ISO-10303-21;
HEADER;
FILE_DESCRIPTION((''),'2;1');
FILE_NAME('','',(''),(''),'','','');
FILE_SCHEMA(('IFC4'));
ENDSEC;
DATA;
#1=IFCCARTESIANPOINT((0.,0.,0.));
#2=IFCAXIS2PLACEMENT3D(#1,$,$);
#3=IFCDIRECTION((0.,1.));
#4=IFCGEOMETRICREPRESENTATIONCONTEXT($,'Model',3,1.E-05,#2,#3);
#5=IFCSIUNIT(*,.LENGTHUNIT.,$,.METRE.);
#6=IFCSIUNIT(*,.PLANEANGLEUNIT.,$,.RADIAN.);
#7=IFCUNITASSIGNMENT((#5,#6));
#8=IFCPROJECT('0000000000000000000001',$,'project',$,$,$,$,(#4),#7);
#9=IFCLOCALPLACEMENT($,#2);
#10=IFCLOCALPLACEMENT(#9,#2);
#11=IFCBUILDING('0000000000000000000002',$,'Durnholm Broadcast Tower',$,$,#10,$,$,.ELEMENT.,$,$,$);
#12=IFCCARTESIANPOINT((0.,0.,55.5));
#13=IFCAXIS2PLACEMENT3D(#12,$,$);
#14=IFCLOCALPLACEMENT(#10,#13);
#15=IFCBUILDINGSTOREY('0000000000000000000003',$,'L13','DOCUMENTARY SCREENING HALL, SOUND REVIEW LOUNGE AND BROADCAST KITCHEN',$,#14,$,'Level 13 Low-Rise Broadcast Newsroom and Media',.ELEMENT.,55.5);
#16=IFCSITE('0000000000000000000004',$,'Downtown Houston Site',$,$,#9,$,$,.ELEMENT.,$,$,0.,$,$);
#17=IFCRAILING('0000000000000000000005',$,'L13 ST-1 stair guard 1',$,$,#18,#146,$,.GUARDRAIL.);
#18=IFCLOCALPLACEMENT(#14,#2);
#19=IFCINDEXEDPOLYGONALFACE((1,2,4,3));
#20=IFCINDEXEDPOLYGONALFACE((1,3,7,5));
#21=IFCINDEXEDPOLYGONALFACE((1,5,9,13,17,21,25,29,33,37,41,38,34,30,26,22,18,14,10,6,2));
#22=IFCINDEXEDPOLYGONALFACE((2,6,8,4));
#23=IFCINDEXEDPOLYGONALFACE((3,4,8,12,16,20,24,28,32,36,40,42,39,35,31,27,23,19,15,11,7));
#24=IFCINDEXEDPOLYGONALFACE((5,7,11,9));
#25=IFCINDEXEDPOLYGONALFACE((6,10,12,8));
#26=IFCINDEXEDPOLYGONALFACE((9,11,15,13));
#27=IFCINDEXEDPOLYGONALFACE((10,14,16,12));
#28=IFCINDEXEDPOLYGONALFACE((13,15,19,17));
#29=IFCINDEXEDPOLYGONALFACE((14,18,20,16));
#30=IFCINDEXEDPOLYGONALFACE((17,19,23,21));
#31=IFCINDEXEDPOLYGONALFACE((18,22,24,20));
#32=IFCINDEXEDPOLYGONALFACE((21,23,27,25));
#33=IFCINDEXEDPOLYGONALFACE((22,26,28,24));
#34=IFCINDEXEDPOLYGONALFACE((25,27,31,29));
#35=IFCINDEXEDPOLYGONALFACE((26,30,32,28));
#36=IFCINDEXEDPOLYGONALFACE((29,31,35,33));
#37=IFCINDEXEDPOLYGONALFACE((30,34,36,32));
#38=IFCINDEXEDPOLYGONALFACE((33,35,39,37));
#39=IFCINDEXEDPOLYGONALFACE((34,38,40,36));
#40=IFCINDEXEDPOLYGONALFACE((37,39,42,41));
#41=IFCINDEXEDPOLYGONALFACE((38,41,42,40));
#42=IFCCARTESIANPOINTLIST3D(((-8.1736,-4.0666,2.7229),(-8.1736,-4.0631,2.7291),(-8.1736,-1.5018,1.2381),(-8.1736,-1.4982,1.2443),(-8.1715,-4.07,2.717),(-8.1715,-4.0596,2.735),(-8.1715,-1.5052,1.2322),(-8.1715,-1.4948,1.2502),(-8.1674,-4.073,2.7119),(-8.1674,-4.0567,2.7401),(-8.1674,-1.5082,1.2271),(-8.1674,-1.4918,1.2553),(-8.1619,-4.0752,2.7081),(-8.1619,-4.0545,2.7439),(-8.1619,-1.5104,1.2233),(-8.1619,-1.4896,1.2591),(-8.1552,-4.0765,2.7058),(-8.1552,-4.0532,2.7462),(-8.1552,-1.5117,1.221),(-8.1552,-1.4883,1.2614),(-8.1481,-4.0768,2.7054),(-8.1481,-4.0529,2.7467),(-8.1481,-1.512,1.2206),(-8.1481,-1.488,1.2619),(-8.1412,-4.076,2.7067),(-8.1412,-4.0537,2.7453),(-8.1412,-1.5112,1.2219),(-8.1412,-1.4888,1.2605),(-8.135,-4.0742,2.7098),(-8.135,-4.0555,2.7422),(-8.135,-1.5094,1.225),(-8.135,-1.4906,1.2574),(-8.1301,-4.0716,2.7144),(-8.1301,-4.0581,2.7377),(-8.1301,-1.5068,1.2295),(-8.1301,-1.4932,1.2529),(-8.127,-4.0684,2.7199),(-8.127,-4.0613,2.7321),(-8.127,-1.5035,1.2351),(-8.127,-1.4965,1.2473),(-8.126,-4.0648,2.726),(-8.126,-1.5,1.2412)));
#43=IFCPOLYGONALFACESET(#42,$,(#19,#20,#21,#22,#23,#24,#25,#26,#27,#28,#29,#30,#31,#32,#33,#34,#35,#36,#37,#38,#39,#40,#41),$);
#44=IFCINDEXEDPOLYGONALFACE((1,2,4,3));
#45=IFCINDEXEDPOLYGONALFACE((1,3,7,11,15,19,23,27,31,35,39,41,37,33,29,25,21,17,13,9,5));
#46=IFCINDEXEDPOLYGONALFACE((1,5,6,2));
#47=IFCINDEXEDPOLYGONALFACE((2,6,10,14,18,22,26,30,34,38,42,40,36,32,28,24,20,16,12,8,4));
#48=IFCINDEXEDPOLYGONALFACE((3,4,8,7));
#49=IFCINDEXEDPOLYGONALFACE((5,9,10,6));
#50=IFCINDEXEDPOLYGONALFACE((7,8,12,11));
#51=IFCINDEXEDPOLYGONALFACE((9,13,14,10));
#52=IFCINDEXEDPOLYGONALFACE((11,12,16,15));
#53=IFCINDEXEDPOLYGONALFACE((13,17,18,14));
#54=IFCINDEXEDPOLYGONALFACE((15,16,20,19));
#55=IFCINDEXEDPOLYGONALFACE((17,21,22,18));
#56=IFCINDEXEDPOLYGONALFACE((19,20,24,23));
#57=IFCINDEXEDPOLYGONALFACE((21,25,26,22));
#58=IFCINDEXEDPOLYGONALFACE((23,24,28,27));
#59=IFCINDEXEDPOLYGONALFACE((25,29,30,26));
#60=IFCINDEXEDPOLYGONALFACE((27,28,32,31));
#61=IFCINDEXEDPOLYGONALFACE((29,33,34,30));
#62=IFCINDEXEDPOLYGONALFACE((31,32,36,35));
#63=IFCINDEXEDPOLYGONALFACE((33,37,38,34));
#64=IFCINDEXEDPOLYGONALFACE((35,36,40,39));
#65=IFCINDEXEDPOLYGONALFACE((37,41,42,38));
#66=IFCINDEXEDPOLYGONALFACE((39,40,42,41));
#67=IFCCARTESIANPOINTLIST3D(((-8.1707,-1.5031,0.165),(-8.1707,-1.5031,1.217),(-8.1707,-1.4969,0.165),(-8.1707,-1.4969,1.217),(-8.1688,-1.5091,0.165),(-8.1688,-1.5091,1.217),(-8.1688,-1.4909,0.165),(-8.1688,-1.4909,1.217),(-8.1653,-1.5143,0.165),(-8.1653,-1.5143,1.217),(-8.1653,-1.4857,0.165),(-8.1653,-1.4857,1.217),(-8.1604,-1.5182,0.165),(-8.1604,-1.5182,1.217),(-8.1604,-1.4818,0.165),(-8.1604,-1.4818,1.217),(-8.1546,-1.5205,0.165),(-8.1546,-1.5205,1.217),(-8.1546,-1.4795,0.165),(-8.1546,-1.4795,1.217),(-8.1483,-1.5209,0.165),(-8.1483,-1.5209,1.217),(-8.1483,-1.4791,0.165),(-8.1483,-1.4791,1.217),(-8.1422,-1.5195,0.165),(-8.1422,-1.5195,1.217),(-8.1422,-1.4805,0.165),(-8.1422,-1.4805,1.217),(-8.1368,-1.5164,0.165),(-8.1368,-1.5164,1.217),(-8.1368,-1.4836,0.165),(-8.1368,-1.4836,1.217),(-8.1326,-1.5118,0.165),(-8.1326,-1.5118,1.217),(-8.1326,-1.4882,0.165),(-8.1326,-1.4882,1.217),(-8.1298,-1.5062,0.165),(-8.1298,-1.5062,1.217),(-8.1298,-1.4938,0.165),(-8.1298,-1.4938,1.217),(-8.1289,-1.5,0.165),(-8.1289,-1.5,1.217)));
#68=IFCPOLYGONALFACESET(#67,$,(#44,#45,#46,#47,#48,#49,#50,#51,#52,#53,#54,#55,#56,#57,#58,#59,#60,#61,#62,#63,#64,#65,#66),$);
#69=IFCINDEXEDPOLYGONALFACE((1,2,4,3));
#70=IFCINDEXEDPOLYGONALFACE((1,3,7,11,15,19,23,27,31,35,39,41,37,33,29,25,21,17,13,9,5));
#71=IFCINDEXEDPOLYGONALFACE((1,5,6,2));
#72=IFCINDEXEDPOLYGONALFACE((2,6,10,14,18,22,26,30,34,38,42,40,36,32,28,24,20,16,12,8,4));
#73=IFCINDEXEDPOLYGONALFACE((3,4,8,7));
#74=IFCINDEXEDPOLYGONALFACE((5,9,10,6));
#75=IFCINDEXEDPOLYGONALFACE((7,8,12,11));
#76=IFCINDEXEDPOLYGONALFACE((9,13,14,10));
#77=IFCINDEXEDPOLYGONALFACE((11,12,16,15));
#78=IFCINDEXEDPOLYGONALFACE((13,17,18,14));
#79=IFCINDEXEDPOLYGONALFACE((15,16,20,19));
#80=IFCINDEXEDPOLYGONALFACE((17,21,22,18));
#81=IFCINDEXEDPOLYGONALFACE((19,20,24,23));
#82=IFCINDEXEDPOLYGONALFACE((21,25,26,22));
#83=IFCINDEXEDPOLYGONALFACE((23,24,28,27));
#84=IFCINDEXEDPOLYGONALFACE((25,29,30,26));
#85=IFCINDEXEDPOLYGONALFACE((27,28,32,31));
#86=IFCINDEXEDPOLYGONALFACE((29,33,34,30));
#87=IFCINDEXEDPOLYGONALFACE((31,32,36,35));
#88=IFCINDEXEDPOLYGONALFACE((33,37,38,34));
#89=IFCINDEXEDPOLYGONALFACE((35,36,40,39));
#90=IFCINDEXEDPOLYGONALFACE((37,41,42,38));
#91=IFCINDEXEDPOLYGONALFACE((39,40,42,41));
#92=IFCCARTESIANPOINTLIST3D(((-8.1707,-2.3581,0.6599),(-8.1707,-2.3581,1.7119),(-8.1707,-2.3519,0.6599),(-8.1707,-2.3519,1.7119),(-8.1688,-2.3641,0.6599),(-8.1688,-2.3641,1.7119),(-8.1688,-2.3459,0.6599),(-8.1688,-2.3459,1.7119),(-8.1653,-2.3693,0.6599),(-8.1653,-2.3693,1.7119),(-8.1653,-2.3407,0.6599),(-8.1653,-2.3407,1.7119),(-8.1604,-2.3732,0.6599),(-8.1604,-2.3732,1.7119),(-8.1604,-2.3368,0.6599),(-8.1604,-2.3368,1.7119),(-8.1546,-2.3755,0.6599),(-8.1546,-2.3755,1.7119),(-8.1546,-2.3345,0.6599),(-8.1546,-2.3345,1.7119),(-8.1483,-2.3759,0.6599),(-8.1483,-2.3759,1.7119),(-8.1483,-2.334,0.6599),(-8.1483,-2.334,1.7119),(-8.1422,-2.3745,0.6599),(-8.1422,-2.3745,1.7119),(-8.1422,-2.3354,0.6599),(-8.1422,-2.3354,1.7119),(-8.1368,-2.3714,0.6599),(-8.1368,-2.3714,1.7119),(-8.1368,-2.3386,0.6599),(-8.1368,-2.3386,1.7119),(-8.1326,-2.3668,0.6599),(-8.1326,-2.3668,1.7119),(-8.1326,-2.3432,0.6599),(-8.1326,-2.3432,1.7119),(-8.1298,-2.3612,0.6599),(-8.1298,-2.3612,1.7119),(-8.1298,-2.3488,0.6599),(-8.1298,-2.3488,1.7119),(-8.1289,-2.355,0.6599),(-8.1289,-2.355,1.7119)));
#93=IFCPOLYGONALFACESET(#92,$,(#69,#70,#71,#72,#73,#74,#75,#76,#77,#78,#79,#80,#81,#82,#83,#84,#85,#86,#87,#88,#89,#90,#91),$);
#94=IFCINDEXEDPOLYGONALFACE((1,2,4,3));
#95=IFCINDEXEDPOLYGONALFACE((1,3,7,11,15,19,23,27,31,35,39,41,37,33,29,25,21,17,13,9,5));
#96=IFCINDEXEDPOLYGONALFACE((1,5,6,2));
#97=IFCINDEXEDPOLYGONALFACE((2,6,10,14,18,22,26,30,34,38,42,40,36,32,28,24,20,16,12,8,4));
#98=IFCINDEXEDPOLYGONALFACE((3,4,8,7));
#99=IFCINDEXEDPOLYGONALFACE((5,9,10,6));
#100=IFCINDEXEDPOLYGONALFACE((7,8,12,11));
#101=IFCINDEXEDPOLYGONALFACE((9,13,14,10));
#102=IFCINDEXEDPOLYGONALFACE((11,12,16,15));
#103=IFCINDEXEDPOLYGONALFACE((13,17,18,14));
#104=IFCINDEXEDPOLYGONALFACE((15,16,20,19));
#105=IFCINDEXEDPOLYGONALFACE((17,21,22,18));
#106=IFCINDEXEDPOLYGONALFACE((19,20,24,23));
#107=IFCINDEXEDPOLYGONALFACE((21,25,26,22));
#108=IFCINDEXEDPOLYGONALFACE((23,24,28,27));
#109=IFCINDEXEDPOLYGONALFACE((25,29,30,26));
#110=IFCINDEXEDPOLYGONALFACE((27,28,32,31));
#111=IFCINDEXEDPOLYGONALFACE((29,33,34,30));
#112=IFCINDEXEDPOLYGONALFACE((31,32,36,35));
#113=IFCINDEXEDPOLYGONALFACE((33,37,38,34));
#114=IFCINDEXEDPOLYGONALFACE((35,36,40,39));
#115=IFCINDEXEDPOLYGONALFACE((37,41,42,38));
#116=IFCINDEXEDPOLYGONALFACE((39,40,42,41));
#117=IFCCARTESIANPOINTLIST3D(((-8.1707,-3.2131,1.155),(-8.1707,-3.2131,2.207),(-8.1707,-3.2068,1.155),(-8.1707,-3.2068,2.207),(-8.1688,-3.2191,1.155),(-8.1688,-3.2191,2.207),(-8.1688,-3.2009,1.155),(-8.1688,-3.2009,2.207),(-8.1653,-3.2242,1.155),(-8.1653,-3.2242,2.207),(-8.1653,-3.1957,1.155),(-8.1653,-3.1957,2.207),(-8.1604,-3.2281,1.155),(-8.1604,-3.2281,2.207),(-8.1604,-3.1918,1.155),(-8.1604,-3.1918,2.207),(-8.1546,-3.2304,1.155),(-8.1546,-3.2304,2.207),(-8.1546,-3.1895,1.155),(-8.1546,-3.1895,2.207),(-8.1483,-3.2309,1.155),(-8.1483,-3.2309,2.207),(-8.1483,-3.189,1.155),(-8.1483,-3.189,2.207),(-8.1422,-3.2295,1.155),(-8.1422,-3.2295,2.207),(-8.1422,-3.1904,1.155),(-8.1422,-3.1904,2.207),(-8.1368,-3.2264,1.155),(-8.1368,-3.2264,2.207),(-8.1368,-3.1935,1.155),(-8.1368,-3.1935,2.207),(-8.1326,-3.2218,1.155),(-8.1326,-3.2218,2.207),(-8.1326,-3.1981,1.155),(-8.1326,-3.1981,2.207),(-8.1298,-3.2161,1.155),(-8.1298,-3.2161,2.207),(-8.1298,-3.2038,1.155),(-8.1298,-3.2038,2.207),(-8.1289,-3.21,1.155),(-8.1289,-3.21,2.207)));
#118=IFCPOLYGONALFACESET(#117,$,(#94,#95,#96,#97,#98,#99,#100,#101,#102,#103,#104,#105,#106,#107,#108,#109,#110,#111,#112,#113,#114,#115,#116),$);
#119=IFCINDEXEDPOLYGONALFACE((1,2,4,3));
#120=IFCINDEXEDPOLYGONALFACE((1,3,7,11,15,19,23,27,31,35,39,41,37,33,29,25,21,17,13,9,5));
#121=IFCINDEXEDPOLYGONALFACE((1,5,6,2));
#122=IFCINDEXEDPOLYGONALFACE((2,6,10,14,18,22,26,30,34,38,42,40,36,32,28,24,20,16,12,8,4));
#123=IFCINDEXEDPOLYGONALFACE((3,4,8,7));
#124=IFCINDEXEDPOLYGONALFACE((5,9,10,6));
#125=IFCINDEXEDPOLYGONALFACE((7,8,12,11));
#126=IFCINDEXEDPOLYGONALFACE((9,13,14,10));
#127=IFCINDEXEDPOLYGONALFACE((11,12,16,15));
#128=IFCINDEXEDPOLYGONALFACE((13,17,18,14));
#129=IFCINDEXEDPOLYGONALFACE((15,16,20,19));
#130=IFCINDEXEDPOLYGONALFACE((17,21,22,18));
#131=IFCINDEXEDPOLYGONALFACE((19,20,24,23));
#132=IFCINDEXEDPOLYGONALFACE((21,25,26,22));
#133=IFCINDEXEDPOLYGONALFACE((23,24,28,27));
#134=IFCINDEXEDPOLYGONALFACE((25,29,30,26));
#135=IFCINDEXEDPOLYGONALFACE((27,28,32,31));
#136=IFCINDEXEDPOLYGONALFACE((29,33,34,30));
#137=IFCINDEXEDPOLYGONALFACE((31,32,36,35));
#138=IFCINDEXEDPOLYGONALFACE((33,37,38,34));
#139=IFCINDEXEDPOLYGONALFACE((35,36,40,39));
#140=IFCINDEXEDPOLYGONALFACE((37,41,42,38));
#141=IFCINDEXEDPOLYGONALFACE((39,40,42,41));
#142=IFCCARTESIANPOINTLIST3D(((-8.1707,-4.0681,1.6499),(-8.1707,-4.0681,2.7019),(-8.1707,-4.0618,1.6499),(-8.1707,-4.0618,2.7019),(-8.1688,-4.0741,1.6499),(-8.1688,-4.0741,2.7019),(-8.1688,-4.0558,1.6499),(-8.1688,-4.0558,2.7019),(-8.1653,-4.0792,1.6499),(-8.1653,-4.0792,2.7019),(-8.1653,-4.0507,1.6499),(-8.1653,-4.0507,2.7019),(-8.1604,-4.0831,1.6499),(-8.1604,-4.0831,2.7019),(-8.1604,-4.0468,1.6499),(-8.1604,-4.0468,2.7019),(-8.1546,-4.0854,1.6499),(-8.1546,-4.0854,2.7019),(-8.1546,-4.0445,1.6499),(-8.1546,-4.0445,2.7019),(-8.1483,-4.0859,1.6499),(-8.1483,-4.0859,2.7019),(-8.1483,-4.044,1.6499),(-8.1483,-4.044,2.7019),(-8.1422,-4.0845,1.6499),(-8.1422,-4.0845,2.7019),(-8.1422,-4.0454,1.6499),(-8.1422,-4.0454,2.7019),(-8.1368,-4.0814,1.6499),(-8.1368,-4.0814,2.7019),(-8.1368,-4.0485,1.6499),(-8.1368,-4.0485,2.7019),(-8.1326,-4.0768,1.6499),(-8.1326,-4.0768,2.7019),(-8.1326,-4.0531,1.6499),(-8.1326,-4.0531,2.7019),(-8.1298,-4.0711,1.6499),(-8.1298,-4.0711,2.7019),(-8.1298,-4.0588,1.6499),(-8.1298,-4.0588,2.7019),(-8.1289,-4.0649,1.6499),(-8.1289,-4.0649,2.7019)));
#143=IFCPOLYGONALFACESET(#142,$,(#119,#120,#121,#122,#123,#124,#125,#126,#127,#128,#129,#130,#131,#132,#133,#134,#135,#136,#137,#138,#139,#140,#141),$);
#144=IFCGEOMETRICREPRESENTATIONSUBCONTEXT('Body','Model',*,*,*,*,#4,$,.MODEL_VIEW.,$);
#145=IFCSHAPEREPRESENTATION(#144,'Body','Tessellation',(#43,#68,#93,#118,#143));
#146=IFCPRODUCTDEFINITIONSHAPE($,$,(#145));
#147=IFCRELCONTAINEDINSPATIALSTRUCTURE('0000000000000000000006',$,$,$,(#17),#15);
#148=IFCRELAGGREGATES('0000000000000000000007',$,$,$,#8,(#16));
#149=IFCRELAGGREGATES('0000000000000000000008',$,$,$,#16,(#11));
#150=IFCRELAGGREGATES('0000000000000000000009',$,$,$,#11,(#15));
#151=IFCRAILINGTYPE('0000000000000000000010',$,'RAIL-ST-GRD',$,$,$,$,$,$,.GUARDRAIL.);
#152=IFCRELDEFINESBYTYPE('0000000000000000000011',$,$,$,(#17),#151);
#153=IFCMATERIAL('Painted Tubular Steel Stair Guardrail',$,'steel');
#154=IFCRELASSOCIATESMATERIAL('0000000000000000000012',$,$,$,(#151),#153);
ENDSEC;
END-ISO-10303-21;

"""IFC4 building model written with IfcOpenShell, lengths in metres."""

from ifc_helpers import new_model, si_unit, direction, frame, origin, origin_2d, place, context, subcontext, project, spatial, circle, extrude, material, type_object, element, save


model = new_model("IFC4")

# Units and contexts
model_context = context("Model", 3, precision=1e-05, world=origin(), true_north=direction((0.0, 1.0)))
body_context = subcontext(model_context, "Body", "Model", "MODEL_VIEW")
ifc_project = project(units=[si_unit("LENGTHUNIT", "METRE"), si_unit("PLANEANGLEUNIT", "RADIAN")], contexts=[model_context])

# Site, building, storey
site_placement = place(None, origin())
site = spatial("IfcSite", under=ifc_project, at=site_placement, Name="Downtown Houston Site", CompositionType="ELEMENT", RefElevation=0.0)
building_placement = place(site_placement, origin())
building = spatial("IfcBuilding", under=site, at=building_placement, Name="Durnholm Broadcast Tower", CompositionType="ELEMENT")
storey_placement = place(building_placement, frame((0.0, 0.0, 55.5)))
storey = spatial("IfcBuildingStorey", under=building, at=storey_placement, Name="L13", Description="DOCUMENTARY SCREENING HALL, SOUND REVIEW LOUNGE AND BROADCAST KITCHEN", LongName="Level 13 Low-Rise Broadcast Newsroom and Media", CompositionType="ELEMENT", Elevation=55.5)

# Railing
ifc_material_1 = material(Name="Painted Tubular Steel Stair Guardrail", Category="steel")
railing_type_1 = type_object("IfcRailingType", Name="RAIL-ST-GRD", PredefinedType="GUARDRAIL", material=ifc_material_1)
railing_1_placement = place(storey_placement, frame((-8.1499, -1.5, 0.165)))
element("IfcRailing", 1, at=railing_1_placement, inside=storey, type_object=railing_type_1, Name="L13 ST-1 stair guard 1", PredefinedType="GUARDRAIL", context=body_context, shape_type="SweptSolid", body=[
    extrude(circle(Radius=0.0239, at=origin_2d()), frame((0.0, 0.0, 1.0762), z_axis=(0.0, -0.865441, 0.50101), x_axis=(1.0, 0.0, 0.0)), (0.0, 0.0, 1.0), 2.9636),
    extrude(circle(Radius=0.021, at=origin_2d()), origin(), (0.0, 0.0, 1.0), 1.052),
    extrude(circle(Radius=0.021, at=origin_2d()), frame((0.0, -0.855, 0.4949)), (0.0, 0.0, 1.0), 1.052),
    extrude(circle(Radius=0.021, at=origin_2d()), frame((0.0, -1.71, 0.99)), (0.0, 0.0, 1.0), 1.052),
    extrude(circle(Radius=0.021, at=origin_2d()), frame((0.0, -2.5649, 1.4849)), (0.0, 0.0, 1.0), 1.052),
])

save(model, "model.ifc")
